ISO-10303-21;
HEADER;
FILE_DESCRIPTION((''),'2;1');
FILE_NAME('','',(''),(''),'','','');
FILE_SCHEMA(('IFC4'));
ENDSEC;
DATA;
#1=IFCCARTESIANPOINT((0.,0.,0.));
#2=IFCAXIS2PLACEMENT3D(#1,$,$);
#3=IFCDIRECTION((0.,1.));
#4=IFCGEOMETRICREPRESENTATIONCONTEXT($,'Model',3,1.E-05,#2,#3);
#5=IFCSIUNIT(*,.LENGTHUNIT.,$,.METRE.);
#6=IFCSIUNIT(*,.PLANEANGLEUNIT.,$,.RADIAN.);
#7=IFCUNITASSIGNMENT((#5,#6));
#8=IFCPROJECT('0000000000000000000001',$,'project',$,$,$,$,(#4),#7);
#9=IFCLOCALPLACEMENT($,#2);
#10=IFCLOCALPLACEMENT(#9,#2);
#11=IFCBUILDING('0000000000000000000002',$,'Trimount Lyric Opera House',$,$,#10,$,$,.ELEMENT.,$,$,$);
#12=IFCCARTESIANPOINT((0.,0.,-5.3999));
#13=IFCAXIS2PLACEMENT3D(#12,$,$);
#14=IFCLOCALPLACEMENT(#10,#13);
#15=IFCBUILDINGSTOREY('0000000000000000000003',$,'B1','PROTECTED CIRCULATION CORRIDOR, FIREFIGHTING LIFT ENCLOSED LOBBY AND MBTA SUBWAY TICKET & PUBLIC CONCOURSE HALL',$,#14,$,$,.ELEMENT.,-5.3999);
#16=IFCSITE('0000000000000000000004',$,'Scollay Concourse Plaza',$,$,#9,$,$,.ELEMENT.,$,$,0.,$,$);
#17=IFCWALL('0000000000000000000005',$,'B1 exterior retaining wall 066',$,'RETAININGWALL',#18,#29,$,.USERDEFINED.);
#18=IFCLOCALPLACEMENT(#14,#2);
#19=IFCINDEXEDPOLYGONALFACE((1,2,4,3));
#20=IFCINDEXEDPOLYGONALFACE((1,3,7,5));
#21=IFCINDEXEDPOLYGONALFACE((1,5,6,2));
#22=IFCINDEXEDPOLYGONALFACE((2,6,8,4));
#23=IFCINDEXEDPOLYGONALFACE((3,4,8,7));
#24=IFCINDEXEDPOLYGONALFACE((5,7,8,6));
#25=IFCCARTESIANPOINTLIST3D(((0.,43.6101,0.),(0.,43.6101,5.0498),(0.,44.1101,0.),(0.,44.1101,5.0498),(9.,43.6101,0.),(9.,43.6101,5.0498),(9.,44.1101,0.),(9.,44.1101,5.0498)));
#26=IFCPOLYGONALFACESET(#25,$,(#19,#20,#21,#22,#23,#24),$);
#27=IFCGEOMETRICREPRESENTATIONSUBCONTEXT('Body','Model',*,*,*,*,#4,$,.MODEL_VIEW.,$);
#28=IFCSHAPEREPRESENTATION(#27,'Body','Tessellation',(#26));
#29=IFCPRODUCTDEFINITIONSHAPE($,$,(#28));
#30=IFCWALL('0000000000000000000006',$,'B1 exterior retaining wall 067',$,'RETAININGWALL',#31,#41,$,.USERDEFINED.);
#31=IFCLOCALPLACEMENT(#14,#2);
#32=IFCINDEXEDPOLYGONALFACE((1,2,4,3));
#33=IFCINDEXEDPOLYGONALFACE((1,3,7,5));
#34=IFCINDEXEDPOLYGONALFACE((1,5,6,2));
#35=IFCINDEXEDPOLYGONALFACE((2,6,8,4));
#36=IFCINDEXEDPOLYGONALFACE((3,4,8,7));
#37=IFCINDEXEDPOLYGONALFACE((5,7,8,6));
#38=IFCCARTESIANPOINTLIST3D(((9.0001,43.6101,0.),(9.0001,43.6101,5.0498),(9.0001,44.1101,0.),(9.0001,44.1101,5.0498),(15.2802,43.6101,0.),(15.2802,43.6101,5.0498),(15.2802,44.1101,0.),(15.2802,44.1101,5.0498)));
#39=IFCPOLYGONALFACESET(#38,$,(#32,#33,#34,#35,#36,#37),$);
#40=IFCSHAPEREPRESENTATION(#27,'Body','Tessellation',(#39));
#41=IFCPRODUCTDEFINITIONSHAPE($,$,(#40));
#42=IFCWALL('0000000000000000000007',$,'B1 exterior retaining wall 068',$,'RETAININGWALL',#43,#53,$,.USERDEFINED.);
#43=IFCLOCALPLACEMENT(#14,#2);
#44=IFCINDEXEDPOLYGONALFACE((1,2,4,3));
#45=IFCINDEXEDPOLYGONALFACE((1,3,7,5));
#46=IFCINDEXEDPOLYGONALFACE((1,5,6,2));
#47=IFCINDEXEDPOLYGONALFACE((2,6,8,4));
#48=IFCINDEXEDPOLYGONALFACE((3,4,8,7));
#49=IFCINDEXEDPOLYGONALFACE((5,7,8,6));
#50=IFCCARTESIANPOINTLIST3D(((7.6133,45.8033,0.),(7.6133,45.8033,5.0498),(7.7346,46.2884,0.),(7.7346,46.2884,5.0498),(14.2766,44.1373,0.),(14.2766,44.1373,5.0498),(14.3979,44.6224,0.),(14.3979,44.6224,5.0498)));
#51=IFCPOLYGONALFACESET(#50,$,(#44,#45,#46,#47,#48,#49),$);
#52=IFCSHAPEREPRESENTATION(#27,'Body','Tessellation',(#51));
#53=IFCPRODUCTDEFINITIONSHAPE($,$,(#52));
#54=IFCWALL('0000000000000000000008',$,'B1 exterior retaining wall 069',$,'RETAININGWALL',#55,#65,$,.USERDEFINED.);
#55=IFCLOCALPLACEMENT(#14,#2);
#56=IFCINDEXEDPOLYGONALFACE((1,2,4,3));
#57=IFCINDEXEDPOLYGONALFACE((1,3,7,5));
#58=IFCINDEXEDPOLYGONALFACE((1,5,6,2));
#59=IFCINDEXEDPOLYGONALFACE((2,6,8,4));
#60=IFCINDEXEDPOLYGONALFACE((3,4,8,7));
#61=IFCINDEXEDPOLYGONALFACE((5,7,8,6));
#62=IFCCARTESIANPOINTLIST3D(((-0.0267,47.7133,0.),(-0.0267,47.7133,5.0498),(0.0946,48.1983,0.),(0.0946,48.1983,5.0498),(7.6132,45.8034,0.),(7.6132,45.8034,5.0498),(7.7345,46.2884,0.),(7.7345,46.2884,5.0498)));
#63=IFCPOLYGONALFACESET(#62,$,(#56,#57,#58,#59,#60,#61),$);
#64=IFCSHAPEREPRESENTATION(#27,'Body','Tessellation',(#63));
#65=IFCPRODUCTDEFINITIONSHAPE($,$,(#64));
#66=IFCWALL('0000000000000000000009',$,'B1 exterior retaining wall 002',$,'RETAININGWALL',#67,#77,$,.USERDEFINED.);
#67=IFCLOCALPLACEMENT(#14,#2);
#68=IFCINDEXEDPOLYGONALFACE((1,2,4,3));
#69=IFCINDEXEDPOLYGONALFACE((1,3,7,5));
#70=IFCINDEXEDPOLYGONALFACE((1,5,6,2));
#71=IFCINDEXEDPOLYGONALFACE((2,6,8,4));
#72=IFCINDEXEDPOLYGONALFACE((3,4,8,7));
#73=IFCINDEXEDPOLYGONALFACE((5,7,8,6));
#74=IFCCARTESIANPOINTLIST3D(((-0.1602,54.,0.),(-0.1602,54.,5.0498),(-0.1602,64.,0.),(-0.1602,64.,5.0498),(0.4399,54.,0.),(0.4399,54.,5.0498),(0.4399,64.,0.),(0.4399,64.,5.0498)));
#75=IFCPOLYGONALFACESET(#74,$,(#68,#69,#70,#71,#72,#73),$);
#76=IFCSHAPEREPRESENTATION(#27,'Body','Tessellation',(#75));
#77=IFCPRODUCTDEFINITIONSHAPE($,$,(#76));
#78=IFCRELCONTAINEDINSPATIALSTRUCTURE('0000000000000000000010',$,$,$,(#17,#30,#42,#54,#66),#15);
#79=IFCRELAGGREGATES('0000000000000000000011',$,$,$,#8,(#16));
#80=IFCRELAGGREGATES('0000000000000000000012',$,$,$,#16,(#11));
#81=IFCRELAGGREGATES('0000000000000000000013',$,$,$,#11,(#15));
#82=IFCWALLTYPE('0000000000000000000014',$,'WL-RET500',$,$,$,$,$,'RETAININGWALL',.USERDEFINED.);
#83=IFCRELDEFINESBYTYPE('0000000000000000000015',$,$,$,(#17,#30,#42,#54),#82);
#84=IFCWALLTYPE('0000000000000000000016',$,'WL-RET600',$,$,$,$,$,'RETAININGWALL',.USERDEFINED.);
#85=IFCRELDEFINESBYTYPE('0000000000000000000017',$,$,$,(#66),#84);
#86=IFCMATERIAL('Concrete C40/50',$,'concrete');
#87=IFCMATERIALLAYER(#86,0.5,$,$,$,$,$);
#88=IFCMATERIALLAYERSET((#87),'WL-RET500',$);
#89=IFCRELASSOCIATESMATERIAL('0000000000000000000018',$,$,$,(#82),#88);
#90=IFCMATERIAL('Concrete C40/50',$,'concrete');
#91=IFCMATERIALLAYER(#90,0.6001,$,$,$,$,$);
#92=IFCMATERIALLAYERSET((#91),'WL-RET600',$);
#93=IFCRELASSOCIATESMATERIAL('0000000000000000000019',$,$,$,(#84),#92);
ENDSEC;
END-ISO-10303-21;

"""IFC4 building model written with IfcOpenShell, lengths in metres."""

from ifc_helpers import new_model, si_unit, direction, frame, frame_2d, origin, place, context, subcontext, project, spatial, rectangle, extrude, material, layer, layer_set, type_object, element, save


model = new_model("IFC4")

# Units and contexts
model_context = context("Model", 3, precision=1e-05, world=origin(), true_north=direction((0.0, 1.0)))
body_context = subcontext(model_context, "Body", "Model", "MODEL_VIEW")
ifc_project = project(units=[si_unit("LENGTHUNIT", "METRE"), si_unit("PLANEANGLEUNIT", "RADIAN")], contexts=[model_context])

# Site, building, storey
site_placement = place(None, origin())
site = spatial("IfcSite", under=ifc_project, at=site_placement, Name="Scollay Concourse Plaza", CompositionType="ELEMENT", RefElevation=0.0)
building_placement = place(site_placement, origin())
building = spatial("IfcBuilding", under=site, at=building_placement, Name="Trimount Lyric Opera House", CompositionType="ELEMENT")
storey_placement = place(building_placement, frame((0.0, 0.0, -5.3999)))
storey = spatial("IfcBuildingStorey", under=building, at=storey_placement, Name="B1", Description="PROTECTED CIRCULATION CORRIDOR, FIREFIGHTING LIFT ENCLOSED LOBBY AND MBTA SUBWAY TICKET & PUBLIC CONCOURSE HALL", CompositionType="ELEMENT", Elevation=-5.3999)

# Walls
ifc_material_1 = material(Name="Concrete C40/50", Category="concrete")
ifc_layer_1 = layer(ifc_material_1, 0.5)
ifc_layer_set_1 = layer_set([ifc_layer_1], Name="WL-RET500")
wall_type_1 = type_object("IfcWallType", Name="WL-RET500", ElementType="RETAININGWALL", PredefinedType="USERDEFINED", material=ifc_layer_set_1)
wall_1_placement = place(storey_placement, frame((0.0, 43.8601, 0.0), z_axis=(0.0, 0.0, 1.0), x_axis=(1.0, 0.0, 0.0)))
element("IfcWall", 1, at=wall_1_placement, inside=storey, type_object=wall_type_1, Name="B1 exterior retaining wall 066", ObjectType="RETAININGWALL", PredefinedType="USERDEFINED", context=body_context, shape_type="SweptSolid", body=[
    extrude(rectangle(XDim=9.0, YDim=0.5, at=frame_2d((4.5, 0.0))), origin(), (0.0, 0.0, 1.0), 5.0498),
])
wall_2_placement = place(storey_placement, frame((9.0, 43.8601, 0.0), z_axis=(0.0, 0.0, 1.0), x_axis=(1.0, 0.0, 0.0)))
element("IfcWall", 2, at=wall_2_placement, inside=storey, type_object=wall_type_1, Name="B1 exterior retaining wall 067", ObjectType="RETAININGWALL", PredefinedType="USERDEFINED", context=body_context, shape_type="SweptSolid", body=[
    extrude(rectangle(XDim=6.28, YDim=0.5, at=frame_2d((3.1401, 0.0))), origin(), (0.0, 0.0, 1.0), 5.0498),
])
wall_3_placement = place(storey_placement, frame((14.3372, 44.3799, 0.0), z_axis=(0.0, 0.0, 1.0), x_axis=(-0.970136, 0.242561, 0.0)))
element("IfcWall", 3, at=wall_3_placement, inside=storey, type_object=wall_type_1, Name="B1 exterior retaining wall 068", ObjectType="RETAININGWALL", PredefinedType="USERDEFINED", context=body_context, shape_type="SweptSolid", body=[
    extrude(rectangle(XDim=6.8684, YDim=0.5, at=frame_2d((3.4341, 0.0))), origin(), (0.0, 0.0, 1.0), 5.0498),
])
wall_4_placement = place(storey_placement, frame((7.6738, 46.0459, 0.0), z_axis=(0.0, 0.0, 1.0), x_axis=(-0.970144, 0.242528, 0.0)))
element("IfcWall", 4, at=wall_4_placement, inside=storey, type_object=wall_type_1, Name="B1 exterior retaining wall 069", ObjectType="RETAININGWALL", PredefinedType="USERDEFINED", context=body_context, shape_type="SweptSolid", body=[
    extrude(rectangle(XDim=7.875, YDim=0.5, at=frame_2d((3.9375, 0.0))), origin(), (0.0, 0.0, 1.0), 5.0498),
])
ifc_material_2 = material(Name="Concrete C40/50", Category="concrete")
ifc_layer_2 = layer(ifc_material_2, 0.6001)
ifc_layer_set_2 = layer_set([ifc_layer_2], Name="WL-RET600")
wall_type_2 = type_object("IfcWallType", Name="WL-RET600", ElementType="RETAININGWALL", PredefinedType="USERDEFINED", material=ifc_layer_set_2)
wall_5_placement = place(storey_placement, frame((0.1399, 54.0, 0.0), z_axis=(0.0, 0.0, 1.0), x_axis=(0.0, 1.0, 0.0)))
element("IfcWall", 5, at=wall_5_placement, inside=storey, type_object=wall_type_2, Name="B1 exterior retaining wall 002", ObjectType="RETAININGWALL", PredefinedType="USERDEFINED", context=body_context, shape_type="SweptSolid", body=[
    extrude(rectangle(XDim=10.0, YDim=0.6001, at=frame_2d((5.0, 0.0))), origin(), (0.0, 0.0, 1.0), 5.0498),
])

save(model, "model.ifc")
